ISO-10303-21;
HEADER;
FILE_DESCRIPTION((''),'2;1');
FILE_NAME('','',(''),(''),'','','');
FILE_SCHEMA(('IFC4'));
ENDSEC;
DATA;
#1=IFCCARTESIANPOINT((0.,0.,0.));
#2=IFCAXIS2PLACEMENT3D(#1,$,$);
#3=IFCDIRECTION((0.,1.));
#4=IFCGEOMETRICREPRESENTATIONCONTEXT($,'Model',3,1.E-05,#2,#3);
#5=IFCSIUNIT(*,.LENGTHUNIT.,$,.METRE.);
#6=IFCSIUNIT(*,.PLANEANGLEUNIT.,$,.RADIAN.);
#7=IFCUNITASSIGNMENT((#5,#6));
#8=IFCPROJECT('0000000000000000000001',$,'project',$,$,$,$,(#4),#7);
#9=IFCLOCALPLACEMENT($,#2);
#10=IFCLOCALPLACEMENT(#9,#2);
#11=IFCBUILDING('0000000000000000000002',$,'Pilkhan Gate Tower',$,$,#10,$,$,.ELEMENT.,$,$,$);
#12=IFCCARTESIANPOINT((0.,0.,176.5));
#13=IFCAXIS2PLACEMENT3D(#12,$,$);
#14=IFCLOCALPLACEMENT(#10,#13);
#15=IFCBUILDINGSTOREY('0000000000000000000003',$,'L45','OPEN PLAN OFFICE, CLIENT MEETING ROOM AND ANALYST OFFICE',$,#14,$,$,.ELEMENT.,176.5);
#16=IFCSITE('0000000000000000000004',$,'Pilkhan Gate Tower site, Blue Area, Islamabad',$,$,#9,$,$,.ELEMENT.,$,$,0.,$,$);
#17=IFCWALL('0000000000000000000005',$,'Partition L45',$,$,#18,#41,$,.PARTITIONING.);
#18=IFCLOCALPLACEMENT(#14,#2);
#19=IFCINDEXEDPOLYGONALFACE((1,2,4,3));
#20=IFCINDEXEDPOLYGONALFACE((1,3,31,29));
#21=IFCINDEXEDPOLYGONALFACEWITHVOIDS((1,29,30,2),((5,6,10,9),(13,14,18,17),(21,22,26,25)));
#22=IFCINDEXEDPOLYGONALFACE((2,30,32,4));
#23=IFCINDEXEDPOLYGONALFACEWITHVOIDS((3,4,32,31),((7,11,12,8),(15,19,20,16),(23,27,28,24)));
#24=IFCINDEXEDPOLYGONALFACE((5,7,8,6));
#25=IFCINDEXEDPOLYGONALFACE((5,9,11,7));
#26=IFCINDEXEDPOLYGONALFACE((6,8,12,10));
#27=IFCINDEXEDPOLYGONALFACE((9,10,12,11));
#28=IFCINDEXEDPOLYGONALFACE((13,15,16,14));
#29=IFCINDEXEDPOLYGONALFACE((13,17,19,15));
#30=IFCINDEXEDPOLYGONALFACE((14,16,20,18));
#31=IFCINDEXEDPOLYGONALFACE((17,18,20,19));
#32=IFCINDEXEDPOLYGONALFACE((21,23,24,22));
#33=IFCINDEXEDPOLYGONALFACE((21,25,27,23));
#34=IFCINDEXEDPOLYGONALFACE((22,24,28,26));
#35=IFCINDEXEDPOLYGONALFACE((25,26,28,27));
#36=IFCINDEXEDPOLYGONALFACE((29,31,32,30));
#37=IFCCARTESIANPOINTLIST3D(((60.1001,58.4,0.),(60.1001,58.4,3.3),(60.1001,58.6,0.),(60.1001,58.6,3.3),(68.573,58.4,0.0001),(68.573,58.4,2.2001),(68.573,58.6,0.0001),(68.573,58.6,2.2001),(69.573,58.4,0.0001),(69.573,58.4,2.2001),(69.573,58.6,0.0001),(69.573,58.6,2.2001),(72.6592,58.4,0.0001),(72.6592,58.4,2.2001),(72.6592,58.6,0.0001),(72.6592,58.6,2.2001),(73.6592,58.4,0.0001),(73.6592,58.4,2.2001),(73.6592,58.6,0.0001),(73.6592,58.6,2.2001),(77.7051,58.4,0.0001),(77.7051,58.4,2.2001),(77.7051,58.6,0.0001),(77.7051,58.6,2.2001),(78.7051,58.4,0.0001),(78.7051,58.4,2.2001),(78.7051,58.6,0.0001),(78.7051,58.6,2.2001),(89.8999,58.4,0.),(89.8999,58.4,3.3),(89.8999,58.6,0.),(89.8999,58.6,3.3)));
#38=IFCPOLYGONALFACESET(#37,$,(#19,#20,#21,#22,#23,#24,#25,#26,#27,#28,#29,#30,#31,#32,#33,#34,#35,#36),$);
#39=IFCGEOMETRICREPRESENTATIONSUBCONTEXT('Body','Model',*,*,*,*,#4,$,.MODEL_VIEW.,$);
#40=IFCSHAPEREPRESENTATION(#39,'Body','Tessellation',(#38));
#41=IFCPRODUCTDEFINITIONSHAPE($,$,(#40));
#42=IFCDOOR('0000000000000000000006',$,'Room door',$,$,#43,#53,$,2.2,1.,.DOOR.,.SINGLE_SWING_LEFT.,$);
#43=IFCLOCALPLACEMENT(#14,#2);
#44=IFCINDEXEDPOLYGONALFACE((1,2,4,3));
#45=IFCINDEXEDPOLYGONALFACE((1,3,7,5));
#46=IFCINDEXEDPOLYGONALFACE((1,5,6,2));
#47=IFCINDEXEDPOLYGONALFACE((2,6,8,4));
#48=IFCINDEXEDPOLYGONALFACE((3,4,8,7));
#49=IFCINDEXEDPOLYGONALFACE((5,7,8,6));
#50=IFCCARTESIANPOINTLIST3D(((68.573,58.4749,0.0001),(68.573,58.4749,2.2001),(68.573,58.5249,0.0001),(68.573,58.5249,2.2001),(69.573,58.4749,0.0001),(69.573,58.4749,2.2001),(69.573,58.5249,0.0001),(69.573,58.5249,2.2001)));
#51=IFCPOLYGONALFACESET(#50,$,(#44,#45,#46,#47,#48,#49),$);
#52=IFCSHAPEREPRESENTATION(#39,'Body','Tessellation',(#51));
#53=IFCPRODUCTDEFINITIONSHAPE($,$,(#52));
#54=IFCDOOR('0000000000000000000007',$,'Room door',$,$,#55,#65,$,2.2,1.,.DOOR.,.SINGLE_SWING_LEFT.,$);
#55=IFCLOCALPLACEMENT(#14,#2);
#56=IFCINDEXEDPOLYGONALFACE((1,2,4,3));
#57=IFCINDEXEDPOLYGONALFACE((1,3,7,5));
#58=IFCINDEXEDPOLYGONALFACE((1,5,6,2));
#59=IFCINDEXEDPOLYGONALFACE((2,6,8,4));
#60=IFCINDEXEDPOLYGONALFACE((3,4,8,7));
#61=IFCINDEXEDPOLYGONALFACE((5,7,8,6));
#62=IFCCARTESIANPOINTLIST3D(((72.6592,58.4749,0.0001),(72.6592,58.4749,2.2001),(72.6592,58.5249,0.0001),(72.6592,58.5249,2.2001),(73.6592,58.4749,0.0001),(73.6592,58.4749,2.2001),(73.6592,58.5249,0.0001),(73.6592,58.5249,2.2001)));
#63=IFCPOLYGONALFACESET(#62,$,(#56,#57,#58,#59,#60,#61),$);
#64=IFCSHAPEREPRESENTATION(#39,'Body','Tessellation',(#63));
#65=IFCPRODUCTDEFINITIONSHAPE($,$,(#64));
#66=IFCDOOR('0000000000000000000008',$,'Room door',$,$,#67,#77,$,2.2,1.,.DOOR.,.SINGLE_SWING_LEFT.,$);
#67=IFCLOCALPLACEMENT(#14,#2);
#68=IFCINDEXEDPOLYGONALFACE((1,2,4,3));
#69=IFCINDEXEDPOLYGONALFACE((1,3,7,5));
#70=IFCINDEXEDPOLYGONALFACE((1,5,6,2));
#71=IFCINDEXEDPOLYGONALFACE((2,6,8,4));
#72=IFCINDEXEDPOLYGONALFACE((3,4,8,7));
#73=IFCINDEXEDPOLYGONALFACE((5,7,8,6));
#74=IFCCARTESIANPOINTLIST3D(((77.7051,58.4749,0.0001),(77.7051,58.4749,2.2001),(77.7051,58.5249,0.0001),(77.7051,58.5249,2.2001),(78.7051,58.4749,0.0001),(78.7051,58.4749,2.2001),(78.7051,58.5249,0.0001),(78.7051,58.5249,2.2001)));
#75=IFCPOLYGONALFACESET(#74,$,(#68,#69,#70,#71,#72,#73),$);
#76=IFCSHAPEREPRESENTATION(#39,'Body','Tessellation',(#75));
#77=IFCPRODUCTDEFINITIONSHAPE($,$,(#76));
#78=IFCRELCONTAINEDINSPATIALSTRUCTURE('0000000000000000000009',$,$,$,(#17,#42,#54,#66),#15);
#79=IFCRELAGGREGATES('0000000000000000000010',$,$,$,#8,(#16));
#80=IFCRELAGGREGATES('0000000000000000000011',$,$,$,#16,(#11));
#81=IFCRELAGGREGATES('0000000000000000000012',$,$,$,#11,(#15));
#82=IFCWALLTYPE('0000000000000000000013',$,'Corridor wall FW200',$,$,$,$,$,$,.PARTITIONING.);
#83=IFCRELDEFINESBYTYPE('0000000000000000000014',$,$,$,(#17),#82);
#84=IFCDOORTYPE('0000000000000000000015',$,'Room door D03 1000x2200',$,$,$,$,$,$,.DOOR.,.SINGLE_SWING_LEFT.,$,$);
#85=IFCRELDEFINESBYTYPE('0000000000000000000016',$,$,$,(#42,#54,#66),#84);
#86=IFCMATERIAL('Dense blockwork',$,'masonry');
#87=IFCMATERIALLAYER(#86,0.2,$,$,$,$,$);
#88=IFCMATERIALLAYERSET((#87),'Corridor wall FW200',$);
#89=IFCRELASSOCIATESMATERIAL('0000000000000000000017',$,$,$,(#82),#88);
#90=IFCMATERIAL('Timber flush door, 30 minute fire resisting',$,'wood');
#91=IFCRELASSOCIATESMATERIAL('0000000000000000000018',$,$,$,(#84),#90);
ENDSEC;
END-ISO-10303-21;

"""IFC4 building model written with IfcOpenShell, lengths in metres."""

from ifc_helpers import new_model, si_unit, direction, frame, frame_2d, origin, place, context, subcontext, project, spatial, rectangle, extrude, material, layer, layer_set, type_object, element, fill, save


model = new_model("IFC4")

# Units and contexts
model_context = context("Model", 3, precision=1e-05, world=origin(), true_north=direction((0.0, 1.0)))
body_context = subcontext(model_context, "Body", "Model", "MODEL_VIEW")
ifc_project = project(units=[si_unit("LENGTHUNIT", "METRE"), si_unit("PLANEANGLEUNIT", "RADIAN")], contexts=[model_context])

# Site, building, storey
site_placement = place(None, origin())
site = spatial("IfcSite", under=ifc_project, at=site_placement, Name="Pilkhan Gate Tower site, Blue Area, Islamabad", CompositionType="ELEMENT", RefElevation=0.0)
building_placement = place(site_placement, origin())
building = spatial("IfcBuilding", under=site, at=building_placement, Name="Pilkhan Gate Tower", CompositionType="ELEMENT")
storey_placement = place(building_placement, frame((0.0, 0.0, 176.5)))
storey = spatial("IfcBuildingStorey", under=building, at=storey_placement, Name="L45", Description="OPEN PLAN OFFICE, CLIENT MEETING ROOM AND ANALYST OFFICE", CompositionType="ELEMENT", Elevation=176.5)

# Wall, openings, doors
ifc_material_1 = material(Name="Dense blockwork", Category="masonry")
ifc_layer_1 = layer(ifc_material_1, 0.2)
ifc_layer_set_1 = layer_set([ifc_layer_1], Name="Corridor wall FW200")
wall_type_1 = type_object("IfcWallType", Name="Corridor wall FW200", PredefinedType="PARTITIONING", material=ifc_layer_set_1)
wall_1_placement = place(storey_placement, frame((60.1001, 58.5, 0.0), z_axis=(0.0, 0.0, 1.0), x_axis=(1.0, 0.0, 0.0)))
wall_1 = element("IfcWall", 1, at=wall_1_placement, inside=storey, type_object=wall_type_1, Name="Partition L45", PredefinedType="PARTITIONING", context=body_context, shape_type="SweptSolid", body=[
    extrude(rectangle(XDim=29.7998, YDim=0.2, at=frame_2d((14.8999, 0.0))), origin(), (0.0, 0.0, 1.0), 3.3),
])
opening_1_placement = place(wall_1_placement, frame((8.4729, 0.0, 0.0)))
opening_1 = element("IfcOpeningElement", 2, at=opening_1_placement, cuts=wall_1, PredefinedType="OPENING", context=body_context, shape_type="SweptSolid", body=[
    extrude(rectangle(XDim=1.0, YDim=2.2, at=frame_2d((0.5, 1.1001))), frame((0.0, 0.1099, 0.0), z_axis=(0.0, -1.0, 0.0), x_axis=(1.0, 0.0, 0.0)), (0.0, 0.0, 1.0), 0.22),
])
opening_2_placement = place(wall_1_placement, frame((12.5591, 0.0, 0.0)))
opening_2 = element("IfcOpeningElement", 3, at=opening_2_placement, cuts=wall_1, PredefinedType="OPENING", context=body_context, shape_type="SweptSolid", body=[
    extrude(rectangle(XDim=1.0, YDim=2.2, at=frame_2d((0.5, 1.1001))), frame((0.0, 0.1099, 0.0), z_axis=(0.0, -1.0, 0.0), x_axis=(1.0, 0.0, 0.0)), (0.0, 0.0, 1.0), 0.22),
])
opening_3_placement = place(wall_1_placement, frame((17.605, 0.0, 0.0)))
opening_3 = element("IfcOpeningElement", 4, at=opening_3_placement, cuts=wall_1, PredefinedType="OPENING", context=body_context, shape_type="SweptSolid", body=[
    extrude(rectangle(XDim=1.0, YDim=2.2, at=frame_2d((0.5, 1.1001))), frame((0.0, 0.1099, 0.0), z_axis=(0.0, -1.0, 0.0), x_axis=(1.0, 0.0, 0.0)), (0.0, 0.0, 1.0), 0.22),
])
ifc_material_2 = material(Name="Timber flush door, 30 minute fire resisting", Category="wood")
door_type_1 = type_object("IfcDoorType", Name="Room door D03 1000x2200", OperationType="SINGLE_SWING_LEFT", PredefinedType="DOOR", material=ifc_material_2)
door_1_placement = place(opening_1_placement, origin())
door_1 = element("IfcDoor", 5, at=door_1_placement, inside=storey, type_object=door_type_1, Name="Room door", OperationType="SINGLE_SWING_LEFT", OverallHeight=2.2, OverallWidth=1.0, PredefinedType="DOOR", context=body_context, shape_type="SweptSolid", body=[
    extrude(rectangle(XDim=1.0, YDim=2.2, at=frame_2d((0.5, 1.1001))), frame((0.0, 0.0249, 0.0), z_axis=(0.0, -1.0, 0.0), x_axis=(1.0, 0.0, 0.0)), (0.0, 0.0, 1.0), 0.05),
])
fill(opening_1, door_1)
door_2_placement = place(opening_2_placement, origin())
door_2 = element("IfcDoor", 6, at=door_2_placement, inside=storey, type_object=door_type_1, Name="Room door", OperationType="SINGLE_SWING_LEFT", OverallHeight=2.2, OverallWidth=1.0, PredefinedType="DOOR", context=body_context, shape_type="SweptSolid", body=[
    extrude(rectangle(XDim=1.0, YDim=2.2, at=frame_2d((0.5, 1.1001))), frame((0.0, 0.0249, 0.0), z_axis=(0.0, -1.0, 0.0), x_axis=(1.0, 0.0, 0.0)), (0.0, 0.0, 1.0), 0.05),
])
fill(opening_2, door_2)
door_3_placement = place(opening_3_placement, origin())
door_3 = element("IfcDoor", 7, at=door_3_placement, inside=storey, type_object=door_type_1, Name="Room door", OperationType="SINGLE_SWING_LEFT", OverallHeight=2.2, OverallWidth=1.0, PredefinedType="DOOR", context=body_context, shape_type="SweptSolid", body=[
    extrude(rectangle(XDim=1.0, YDim=2.2, at=frame_2d((0.5, 1.1001))), frame((0.0, 0.0249, 0.0), z_axis=(0.0, -1.0, 0.0), x_axis=(1.0, 0.0, 0.0)), (0.0, 0.0, 1.0), 0.05),
])
fill(opening_3, door_3)

save(model, "model.ifc")
